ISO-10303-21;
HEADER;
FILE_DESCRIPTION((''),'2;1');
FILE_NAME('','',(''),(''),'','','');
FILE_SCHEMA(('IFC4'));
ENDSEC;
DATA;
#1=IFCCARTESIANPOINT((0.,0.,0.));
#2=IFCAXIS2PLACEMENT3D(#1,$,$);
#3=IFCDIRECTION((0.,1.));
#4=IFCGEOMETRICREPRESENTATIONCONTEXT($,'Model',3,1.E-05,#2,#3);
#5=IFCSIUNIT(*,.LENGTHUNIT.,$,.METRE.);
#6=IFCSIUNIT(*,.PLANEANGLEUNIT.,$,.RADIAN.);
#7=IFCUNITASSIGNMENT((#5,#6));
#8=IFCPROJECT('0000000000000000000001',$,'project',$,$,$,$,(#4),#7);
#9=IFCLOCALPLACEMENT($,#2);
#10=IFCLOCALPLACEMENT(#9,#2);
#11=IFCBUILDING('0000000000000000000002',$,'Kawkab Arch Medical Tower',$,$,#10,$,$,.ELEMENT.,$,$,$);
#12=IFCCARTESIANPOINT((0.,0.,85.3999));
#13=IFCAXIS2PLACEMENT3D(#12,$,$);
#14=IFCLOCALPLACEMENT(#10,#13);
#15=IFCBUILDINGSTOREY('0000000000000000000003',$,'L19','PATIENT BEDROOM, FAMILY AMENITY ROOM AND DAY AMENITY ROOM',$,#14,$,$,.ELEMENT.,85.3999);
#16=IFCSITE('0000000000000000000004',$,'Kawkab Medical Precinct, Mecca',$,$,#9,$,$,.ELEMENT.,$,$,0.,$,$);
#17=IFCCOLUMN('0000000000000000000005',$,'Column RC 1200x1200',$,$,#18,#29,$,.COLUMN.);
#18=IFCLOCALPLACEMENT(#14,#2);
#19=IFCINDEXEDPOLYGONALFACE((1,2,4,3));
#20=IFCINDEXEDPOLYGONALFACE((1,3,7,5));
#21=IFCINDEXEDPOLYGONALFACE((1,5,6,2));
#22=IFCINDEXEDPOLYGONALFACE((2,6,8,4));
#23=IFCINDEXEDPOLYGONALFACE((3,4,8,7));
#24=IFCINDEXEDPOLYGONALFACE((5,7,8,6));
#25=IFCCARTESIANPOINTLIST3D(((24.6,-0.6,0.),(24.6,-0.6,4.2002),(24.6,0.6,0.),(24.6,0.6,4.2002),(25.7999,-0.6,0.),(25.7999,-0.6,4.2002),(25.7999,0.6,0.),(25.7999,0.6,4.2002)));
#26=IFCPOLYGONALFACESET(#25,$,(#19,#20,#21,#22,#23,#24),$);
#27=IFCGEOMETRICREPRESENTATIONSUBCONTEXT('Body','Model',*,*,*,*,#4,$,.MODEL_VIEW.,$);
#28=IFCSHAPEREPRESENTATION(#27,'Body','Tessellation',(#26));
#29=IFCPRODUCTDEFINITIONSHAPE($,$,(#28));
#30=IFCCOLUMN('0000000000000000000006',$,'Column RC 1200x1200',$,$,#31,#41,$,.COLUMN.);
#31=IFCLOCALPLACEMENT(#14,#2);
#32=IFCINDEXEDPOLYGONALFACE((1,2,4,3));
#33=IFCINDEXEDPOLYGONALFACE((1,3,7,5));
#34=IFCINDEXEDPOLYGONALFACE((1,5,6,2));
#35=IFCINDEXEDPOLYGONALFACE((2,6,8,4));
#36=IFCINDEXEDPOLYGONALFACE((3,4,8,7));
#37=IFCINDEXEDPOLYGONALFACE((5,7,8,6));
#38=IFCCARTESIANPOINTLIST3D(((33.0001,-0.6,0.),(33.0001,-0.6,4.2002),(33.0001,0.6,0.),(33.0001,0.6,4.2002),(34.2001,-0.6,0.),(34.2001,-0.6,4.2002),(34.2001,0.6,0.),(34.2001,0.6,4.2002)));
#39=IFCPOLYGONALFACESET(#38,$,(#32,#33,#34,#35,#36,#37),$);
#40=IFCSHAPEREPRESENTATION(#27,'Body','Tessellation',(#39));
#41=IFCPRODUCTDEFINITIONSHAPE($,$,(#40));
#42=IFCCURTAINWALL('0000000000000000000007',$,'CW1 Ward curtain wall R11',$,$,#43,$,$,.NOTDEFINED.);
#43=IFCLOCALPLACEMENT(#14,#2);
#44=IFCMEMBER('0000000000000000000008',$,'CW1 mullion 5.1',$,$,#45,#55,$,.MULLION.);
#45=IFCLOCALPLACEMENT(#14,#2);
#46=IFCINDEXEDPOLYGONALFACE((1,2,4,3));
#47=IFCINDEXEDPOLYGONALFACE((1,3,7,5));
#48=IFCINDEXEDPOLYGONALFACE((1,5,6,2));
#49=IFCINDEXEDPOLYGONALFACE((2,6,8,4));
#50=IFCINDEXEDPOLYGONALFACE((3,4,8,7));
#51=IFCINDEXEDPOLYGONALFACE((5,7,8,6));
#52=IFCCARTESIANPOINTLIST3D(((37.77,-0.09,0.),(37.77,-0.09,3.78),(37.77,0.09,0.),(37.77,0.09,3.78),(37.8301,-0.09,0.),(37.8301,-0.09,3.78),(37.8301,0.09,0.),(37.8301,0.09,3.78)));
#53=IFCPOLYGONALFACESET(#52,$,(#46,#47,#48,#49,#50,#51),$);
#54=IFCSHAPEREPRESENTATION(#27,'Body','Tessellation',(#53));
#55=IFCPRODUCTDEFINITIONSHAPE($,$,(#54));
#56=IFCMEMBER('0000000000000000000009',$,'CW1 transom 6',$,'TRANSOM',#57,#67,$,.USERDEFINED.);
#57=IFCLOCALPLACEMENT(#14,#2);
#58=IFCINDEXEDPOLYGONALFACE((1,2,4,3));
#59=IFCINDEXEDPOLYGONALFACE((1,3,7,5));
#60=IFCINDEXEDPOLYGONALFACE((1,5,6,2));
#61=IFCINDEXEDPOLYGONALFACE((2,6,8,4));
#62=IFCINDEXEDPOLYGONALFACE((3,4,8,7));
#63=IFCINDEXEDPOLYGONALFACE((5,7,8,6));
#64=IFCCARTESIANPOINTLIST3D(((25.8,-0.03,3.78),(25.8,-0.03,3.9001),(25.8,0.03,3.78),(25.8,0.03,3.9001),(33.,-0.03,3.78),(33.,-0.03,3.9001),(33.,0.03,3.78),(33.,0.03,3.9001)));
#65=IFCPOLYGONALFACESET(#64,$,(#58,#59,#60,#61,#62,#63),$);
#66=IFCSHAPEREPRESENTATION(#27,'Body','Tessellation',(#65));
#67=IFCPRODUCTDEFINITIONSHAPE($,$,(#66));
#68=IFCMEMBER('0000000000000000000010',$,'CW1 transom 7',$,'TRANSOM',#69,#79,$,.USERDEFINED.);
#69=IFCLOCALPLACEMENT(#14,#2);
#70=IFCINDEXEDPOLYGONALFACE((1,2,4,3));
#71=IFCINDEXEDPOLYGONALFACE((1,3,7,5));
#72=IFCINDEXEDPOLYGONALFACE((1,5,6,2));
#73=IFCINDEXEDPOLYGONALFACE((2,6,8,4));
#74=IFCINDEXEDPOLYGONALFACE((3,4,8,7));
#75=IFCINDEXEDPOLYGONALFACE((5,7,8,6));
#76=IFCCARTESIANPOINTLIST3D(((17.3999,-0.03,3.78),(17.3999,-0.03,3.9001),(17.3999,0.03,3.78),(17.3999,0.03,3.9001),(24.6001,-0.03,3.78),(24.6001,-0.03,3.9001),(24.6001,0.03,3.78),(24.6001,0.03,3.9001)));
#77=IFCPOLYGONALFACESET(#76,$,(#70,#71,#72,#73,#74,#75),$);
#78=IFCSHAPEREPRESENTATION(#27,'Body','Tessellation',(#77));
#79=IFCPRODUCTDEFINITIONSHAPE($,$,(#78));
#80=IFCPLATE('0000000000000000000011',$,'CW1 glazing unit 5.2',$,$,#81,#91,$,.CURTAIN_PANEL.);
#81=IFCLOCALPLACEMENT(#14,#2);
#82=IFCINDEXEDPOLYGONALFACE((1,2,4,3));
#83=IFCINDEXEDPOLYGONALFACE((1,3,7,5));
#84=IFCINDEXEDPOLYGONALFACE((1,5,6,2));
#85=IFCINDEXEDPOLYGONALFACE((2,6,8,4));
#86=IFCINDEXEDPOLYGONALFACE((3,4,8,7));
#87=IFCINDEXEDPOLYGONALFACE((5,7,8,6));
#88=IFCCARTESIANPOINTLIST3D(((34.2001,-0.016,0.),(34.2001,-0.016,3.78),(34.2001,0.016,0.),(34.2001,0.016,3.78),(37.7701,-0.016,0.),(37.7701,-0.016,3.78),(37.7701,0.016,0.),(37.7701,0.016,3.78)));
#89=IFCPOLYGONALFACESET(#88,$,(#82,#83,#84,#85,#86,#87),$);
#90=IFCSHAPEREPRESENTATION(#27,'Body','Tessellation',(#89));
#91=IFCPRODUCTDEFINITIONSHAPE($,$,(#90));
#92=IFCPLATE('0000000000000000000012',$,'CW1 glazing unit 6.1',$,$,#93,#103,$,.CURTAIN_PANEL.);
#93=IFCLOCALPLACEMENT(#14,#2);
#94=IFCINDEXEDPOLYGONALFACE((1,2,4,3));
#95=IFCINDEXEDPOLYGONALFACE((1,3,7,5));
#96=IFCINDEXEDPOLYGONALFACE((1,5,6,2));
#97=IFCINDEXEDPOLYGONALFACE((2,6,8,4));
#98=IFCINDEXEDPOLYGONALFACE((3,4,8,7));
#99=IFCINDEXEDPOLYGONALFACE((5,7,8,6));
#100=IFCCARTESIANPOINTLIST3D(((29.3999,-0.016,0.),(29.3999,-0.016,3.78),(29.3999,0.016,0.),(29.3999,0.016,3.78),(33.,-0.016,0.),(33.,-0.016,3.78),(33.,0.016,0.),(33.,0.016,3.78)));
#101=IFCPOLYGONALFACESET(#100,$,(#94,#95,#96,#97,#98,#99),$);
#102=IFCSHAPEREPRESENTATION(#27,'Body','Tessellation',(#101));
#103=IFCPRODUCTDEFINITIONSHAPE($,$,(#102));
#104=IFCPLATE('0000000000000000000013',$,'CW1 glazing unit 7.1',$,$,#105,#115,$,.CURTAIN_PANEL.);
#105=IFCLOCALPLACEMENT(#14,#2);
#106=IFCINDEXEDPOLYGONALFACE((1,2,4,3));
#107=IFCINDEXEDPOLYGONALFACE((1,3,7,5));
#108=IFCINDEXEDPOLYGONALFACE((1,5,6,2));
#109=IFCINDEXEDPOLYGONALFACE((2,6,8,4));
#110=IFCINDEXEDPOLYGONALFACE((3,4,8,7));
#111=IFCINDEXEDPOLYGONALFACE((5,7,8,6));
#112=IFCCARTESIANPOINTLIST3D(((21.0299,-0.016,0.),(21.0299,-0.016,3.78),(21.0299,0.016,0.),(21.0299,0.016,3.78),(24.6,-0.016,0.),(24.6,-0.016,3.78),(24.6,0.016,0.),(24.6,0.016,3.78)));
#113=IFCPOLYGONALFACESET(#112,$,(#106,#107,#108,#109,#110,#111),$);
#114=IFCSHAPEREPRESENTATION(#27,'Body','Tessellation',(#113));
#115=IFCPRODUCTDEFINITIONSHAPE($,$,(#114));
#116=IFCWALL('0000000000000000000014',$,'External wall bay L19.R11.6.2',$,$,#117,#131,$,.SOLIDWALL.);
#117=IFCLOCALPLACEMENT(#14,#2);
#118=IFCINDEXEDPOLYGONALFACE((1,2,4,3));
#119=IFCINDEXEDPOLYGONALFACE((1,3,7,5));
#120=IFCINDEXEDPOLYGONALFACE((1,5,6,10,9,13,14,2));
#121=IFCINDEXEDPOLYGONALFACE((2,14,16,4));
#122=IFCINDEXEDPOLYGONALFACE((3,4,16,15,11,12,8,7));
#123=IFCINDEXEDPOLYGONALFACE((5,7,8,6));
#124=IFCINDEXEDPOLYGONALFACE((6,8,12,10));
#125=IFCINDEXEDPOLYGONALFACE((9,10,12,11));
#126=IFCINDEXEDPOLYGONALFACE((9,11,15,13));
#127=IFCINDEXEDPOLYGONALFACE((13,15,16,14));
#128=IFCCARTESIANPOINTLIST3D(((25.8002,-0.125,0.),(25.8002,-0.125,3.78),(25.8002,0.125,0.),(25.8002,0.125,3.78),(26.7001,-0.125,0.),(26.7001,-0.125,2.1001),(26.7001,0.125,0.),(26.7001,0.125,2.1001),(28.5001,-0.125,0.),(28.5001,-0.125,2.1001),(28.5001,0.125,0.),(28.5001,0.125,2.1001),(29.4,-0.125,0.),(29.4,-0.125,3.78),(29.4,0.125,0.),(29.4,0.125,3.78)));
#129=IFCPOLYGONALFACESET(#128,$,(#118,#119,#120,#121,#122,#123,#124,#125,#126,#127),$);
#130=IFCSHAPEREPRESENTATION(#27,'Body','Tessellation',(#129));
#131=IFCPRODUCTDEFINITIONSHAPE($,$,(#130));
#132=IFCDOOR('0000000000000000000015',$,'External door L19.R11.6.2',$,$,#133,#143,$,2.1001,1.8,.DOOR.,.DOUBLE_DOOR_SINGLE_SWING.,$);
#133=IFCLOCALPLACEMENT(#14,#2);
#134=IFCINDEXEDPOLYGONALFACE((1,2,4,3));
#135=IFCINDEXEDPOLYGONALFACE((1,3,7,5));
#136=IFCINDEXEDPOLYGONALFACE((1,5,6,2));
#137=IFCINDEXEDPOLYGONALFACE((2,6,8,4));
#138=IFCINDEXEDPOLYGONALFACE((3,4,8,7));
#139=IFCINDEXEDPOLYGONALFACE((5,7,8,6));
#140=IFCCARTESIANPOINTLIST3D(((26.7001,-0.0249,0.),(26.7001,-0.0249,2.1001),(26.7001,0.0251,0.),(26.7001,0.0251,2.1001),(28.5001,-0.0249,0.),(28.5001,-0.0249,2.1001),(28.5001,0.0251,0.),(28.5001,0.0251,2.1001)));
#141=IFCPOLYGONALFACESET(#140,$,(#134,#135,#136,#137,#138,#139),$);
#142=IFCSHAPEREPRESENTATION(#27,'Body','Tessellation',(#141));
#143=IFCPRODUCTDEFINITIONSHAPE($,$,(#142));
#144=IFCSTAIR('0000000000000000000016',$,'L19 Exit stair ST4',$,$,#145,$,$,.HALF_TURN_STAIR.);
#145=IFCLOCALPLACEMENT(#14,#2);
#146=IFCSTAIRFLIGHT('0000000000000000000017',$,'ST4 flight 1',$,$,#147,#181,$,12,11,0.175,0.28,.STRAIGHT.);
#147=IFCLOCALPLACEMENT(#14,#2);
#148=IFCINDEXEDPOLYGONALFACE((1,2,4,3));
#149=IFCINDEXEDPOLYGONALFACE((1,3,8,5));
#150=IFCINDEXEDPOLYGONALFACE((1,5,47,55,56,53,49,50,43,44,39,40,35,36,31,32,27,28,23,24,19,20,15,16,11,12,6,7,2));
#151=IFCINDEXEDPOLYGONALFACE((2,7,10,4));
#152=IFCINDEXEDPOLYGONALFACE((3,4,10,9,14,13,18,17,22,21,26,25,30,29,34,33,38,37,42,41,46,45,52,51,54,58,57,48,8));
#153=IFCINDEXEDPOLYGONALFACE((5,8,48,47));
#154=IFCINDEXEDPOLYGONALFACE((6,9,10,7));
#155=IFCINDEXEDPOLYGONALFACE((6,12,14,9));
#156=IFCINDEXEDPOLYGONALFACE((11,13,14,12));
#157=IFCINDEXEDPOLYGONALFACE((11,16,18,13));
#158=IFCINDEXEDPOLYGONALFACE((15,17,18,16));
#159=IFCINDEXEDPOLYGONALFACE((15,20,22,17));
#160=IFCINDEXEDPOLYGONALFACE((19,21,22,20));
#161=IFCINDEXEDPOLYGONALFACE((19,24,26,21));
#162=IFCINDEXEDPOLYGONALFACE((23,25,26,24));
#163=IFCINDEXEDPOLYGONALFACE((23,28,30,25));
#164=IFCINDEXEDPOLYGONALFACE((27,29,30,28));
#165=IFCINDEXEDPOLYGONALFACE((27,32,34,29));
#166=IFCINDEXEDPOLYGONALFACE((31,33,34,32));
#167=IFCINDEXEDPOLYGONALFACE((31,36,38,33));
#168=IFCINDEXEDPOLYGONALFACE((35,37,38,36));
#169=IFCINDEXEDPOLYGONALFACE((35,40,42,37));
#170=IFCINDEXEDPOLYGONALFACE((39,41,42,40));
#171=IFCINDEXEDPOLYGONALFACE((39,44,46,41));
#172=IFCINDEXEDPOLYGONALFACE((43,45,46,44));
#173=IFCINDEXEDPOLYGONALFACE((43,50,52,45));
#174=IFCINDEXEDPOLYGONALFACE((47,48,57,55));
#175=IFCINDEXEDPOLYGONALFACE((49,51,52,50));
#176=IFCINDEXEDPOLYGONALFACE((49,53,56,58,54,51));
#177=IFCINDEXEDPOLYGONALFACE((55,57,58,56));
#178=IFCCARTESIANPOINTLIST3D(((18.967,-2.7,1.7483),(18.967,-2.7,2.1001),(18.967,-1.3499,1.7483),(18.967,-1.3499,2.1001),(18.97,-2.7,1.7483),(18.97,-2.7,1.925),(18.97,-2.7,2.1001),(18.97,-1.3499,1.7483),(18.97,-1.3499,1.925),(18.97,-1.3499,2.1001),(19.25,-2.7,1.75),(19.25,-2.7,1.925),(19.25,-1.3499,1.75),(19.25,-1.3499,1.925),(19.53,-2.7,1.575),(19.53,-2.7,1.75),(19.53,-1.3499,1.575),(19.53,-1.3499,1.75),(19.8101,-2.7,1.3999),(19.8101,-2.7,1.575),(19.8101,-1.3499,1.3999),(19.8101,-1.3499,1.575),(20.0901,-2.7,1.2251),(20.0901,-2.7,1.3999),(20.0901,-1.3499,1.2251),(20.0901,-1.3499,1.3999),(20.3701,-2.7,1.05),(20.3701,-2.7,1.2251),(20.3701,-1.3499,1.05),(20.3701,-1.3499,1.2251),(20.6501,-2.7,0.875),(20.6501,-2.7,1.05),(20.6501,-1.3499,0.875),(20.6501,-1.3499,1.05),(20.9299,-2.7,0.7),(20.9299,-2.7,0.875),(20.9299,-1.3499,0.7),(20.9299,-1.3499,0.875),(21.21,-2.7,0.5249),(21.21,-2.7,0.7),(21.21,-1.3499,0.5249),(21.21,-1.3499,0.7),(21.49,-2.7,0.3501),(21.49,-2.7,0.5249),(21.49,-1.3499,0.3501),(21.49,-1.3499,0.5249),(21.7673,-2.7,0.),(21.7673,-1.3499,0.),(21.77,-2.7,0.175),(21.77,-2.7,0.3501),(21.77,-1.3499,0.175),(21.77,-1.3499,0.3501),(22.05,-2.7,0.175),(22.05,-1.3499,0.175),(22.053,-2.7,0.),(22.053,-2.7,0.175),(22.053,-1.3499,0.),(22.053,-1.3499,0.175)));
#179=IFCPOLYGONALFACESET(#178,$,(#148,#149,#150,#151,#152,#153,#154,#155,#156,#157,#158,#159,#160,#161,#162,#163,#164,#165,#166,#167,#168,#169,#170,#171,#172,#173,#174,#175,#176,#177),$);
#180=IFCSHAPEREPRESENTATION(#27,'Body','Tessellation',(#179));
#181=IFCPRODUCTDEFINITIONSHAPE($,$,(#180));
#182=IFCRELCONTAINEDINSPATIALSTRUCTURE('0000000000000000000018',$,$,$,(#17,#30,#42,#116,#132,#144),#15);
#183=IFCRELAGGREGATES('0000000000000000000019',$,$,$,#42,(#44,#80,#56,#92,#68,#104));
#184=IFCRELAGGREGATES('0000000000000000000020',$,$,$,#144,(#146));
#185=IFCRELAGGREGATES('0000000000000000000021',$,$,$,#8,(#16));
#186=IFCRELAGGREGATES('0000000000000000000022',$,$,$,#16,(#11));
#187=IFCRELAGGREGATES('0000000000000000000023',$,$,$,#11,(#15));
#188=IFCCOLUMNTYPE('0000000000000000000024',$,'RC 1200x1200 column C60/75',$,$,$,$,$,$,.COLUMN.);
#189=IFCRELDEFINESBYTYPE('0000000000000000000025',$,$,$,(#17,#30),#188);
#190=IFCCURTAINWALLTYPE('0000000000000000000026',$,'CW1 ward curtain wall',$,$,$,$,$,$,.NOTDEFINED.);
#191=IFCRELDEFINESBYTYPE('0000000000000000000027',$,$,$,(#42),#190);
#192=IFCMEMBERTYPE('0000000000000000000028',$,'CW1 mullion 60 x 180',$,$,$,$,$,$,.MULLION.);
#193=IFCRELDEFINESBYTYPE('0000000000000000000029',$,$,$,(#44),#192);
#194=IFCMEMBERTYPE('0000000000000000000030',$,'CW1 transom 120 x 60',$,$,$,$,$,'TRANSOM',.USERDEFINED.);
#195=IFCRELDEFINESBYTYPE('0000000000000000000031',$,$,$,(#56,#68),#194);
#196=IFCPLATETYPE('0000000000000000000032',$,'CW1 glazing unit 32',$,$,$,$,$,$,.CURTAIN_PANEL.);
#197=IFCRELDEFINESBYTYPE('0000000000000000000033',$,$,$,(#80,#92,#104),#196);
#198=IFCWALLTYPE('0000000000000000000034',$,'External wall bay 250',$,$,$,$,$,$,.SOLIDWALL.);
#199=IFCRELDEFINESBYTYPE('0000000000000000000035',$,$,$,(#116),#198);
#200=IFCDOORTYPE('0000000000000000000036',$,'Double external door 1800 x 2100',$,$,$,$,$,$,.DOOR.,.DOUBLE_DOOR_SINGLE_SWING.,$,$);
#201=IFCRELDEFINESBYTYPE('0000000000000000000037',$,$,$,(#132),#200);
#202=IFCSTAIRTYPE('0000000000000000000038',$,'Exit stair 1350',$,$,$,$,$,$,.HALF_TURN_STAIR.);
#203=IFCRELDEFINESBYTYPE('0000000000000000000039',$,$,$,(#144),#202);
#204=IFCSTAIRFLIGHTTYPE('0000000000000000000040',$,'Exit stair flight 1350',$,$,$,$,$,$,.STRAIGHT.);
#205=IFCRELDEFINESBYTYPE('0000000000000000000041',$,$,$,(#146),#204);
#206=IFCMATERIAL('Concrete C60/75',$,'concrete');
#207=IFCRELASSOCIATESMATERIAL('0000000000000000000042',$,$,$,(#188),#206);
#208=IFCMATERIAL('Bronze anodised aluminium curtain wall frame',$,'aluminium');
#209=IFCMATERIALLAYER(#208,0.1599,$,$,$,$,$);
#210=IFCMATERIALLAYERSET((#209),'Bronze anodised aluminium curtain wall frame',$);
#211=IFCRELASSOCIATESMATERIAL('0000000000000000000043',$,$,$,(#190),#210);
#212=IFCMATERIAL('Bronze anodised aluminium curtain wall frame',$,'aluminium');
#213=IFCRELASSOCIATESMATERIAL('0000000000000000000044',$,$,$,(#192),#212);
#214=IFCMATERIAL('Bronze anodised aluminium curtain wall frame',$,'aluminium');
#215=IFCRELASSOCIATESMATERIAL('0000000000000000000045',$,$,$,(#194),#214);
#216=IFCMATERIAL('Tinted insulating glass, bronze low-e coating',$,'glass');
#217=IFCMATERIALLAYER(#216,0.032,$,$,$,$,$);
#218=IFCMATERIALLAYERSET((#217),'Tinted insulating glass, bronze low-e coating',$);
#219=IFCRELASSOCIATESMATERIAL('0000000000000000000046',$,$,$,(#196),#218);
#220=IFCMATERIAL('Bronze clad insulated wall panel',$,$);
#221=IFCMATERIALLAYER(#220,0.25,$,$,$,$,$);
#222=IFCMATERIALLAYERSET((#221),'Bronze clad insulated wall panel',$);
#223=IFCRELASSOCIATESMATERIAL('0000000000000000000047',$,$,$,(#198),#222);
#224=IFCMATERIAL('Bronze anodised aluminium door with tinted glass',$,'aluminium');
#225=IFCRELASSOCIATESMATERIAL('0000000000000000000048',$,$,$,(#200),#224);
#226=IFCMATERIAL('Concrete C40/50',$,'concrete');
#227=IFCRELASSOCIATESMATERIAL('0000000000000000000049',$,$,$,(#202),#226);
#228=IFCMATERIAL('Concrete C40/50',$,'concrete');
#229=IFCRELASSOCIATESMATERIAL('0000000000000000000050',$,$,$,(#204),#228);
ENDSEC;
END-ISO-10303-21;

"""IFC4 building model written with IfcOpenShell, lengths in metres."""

from ifc_helpers import new_model, si_unit, direction, frame, frame_2d, origin, origin_2d, place, context, subcontext, project, spatial, polyline, rectangle, outline, extrude, material, layer, layer_set, material_profile, profile_set, type_object, element, fill, aggregate, save


model = new_model("IFC4")

# Units and contexts
model_context = context("Model", 3, precision=1e-05, world=origin(), true_north=direction((0.0, 1.0)))
body_context = subcontext(model_context, "Body", "Model", "MODEL_VIEW")
ifc_project = project(units=[si_unit("LENGTHUNIT", "METRE"), si_unit("PLANEANGLEUNIT", "RADIAN")], contexts=[model_context])

# Site, building, storey
site_placement = place(None, origin())
site = spatial("IfcSite", under=ifc_project, at=site_placement, Name="Kawkab Medical Precinct, Mecca", CompositionType="ELEMENT", RefElevation=0.0)
building_placement = place(site_placement, origin())
building = spatial("IfcBuilding", under=site, at=building_placement, Name="Kawkab Arch Medical Tower", CompositionType="ELEMENT")
storey_placement = place(building_placement, frame((0.0, 0.0, 85.3999)))
storey = spatial("IfcBuildingStorey", under=building, at=storey_placement, Name="L19", Description="PATIENT BEDROOM, FAMILY AMENITY ROOM AND DAY AMENITY ROOM", CompositionType="ELEMENT", Elevation=85.3999)

# Columns
ifc_material_1 = material(Name="Concrete C60/75", Category="concrete")
ifc_material_profile_1 = material_profile(ifc_material_1, rectangle(XDim=1.2, YDim=1.2, at=origin_2d()), Name="RC 1200x1200")
ifc_profile_set_1 = profile_set([ifc_material_profile_1], Name="Concrete C60/75")
column_type = type_object("IfcColumnType", Name="RC 1200x1200 column C60/75", PredefinedType="COLUMN", material=ifc_profile_set_1)
for number, where, z_axis, x_axis, name in (
    (1, (25.2, 0.0, 0.0), (0.0, 0.0, 1.0), (1.0, 0.0, 0.0), "Column RC 1200x1200"),
    (2, (33.6001, 0.0, 0.0), (0.0, 0.0, 1.0), (1.0, 0.0, 0.0), "Column RC 1200x1200"),
):
    element("IfcColumn", number, at=place(storey_placement, frame(where, z_axis=z_axis, x_axis=x_axis)), inside=storey, type_object=column_type, Name=name, PredefinedType="COLUMN", context=body_context, shape_type="SweptSolid", body=[
        extrude(rectangle(XDim=1.2, YDim=1.2, at=origin_2d()), origin(), (0.0, 0.0, 1.0), 4.2002),
    ])

# Curtain wall, members, plates
ifc_material_2 = material(Name="Bronze anodised aluminium curtain wall frame", Category="aluminium")
ifc_layer_1 = layer(ifc_material_2, 0.1599)
ifc_layer_set_1 = layer_set([ifc_layer_1], Name="Bronze anodised aluminium curtain wall frame")
curtain_wall_type = type_object("IfcCurtainWallType", Name="CW1 ward curtain wall", PredefinedType="NOTDEFINED", material=ifc_layer_set_1)
placement = place(storey_placement, origin())
curtain_wall = element("IfcCurtainWall", 3, at=placement, inside=storey, type_object=curtain_wall_type, Name="CW1 Ward curtain wall R11", PredefinedType="NOTDEFINED")
ifc_material_3 = material(Name="Bronze anodised aluminium curtain wall frame", Category="aluminium")
ifc_material_profile_2 = material_profile(ifc_material_3, rectangle(XDim=0.1799, YDim=0.0601, at=origin_2d()), Name="AL 60x180")
ifc_profile_set_2 = profile_set([ifc_material_profile_2], Name="Bronze anodised aluminium curtain wall frame")
member_type_1 = type_object("IfcMemberType", Name="CW1 mullion 60 x 180", PredefinedType="MULLION", material=ifc_profile_set_2)
member_1_placement = place(storey_placement, frame((37.8, 0.0, 0.0), z_axis=(0.0, 0.0, 1.0), x_axis=(0.0, -1.0, 0.0)))
member_1 = element("IfcMember", 4, at=member_1_placement, type_object=member_type_1, Name="CW1 mullion 5.1", PredefinedType="MULLION", context=body_context, shape_type="SweptSolid", body=[
    extrude(rectangle(XDim=0.1799, YDim=0.0601, at=origin_2d()), origin(), (0.0, 0.0, 1.0), 3.78),
])
ifc_material_4 = material(Name="Bronze anodised aluminium curtain wall frame", Category="aluminium")
ifc_material_profile_3 = material_profile(ifc_material_4, rectangle(XDim=0.0601, YDim=0.1201, at=origin_2d()), Name="AL 60x120")
ifc_profile_set_3 = profile_set([ifc_material_profile_3], Name="Bronze anodised aluminium curtain wall frame")
member_type_2 = type_object("IfcMemberType", Name="CW1 transom 120 x 60", ElementType="TRANSOM", PredefinedType="USERDEFINED", material=ifc_profile_set_3)
member_2_placement = place(storey_placement, frame((33.0, 0.0, 3.8401), z_axis=(-1.0, 0.0, 0.0), x_axis=(0.0, -1.0, 0.0)))
member_2 = element("IfcMember", 5, at=member_2_placement, type_object=member_type_2, Name="CW1 transom 6", ObjectType="TRANSOM", PredefinedType="USERDEFINED", context=body_context, shape_type="SweptSolid", body=[
    extrude(rectangle(XDim=0.0601, YDim=0.1201, at=origin_2d()), origin(), (0.0, 0.0, 1.0), 7.2),
])
member_3_placement = place(storey_placement, frame((24.6001, 0.0, 3.8401), z_axis=(-1.0, 0.0, 0.0), x_axis=(0.0, -1.0, 0.0)))
member_3 = element("IfcMember", 6, at=member_3_placement, type_object=member_type_2, Name="CW1 transom 7", ObjectType="TRANSOM", PredefinedType="USERDEFINED", context=body_context, shape_type="SweptSolid", body=[
    extrude(rectangle(XDim=0.0601, YDim=0.1201, at=origin_2d()), origin(), (0.0, 0.0, 1.0), 7.2002),
])
ifc_material_5 = material(Name="Tinted insulating glass, bronze low-e coating", Category="glass")
ifc_layer_2 = layer(ifc_material_5, 0.032)
ifc_layer_set_2 = layer_set([ifc_layer_2], Name="Tinted insulating glass, bronze low-e coating")
plate_type = type_object("IfcPlateType", Name="CW1 glazing unit 32", PredefinedType="CURTAIN_PANEL", material=ifc_layer_set_2)
plate_1_placement = place(storey_placement, frame((35.9851, 0.0, 0.0), z_axis=(0.0, 0.0, 1.0), x_axis=(-1.0, 0.0, 0.0)))
plate_1 = element("IfcPlate", 7, at=plate_1_placement, type_object=plate_type, Name="CW1 glazing unit 5.2", PredefinedType="CURTAIN_PANEL", context=body_context, shape_type="SweptSolid", body=[
    extrude(rectangle(XDim=3.5701, YDim=0.032, at=origin_2d()), origin(), (0.0, 0.0, 1.0), 3.78),
])
plate_2_placement = place(storey_placement, frame((31.2, 0.0, 0.0), z_axis=(0.0, 0.0, 1.0), x_axis=(-1.0, 0.0, 0.0)))
plate_2 = element("IfcPlate", 8, at=plate_2_placement, type_object=plate_type, Name="CW1 glazing unit 6.1", PredefinedType="CURTAIN_PANEL", context=body_context, shape_type="SweptSolid", body=[
    extrude(rectangle(XDim=3.6001, YDim=0.032, at=origin_2d()), origin(), (0.0, 0.0, 1.0), 3.78),
])
plate_3_placement = place(storey_placement, frame((22.8149, 0.0, 0.0), z_axis=(0.0, 0.0, 1.0), x_axis=(-1.0, 0.0, 0.0)))
plate_3 = element("IfcPlate", 9, at=plate_3_placement, type_object=plate_type, Name="CW1 glazing unit 7.1", PredefinedType="CURTAIN_PANEL", context=body_context, shape_type="SweptSolid", body=[
    extrude(rectangle(XDim=3.5701, YDim=0.032, at=origin_2d()), origin(), (0.0, 0.0, 1.0), 3.78),
])
aggregate(curtain_wall, [member_1, plate_1, member_2, plate_2, member_3, plate_3])

# Wall, opening, door
ifc_material_6 = material(Name="Bronze clad insulated wall panel")
ifc_layer_3 = layer(ifc_material_6, 0.25)
ifc_layer_set_3 = layer_set([ifc_layer_3], Name="Bronze clad insulated wall panel")
wall_type = type_object("IfcWallType", Name="External wall bay 250", PredefinedType="SOLIDWALL", material=ifc_layer_set_3)
wall_placement = place(storey_placement, frame((29.3999, 0.0, 0.0), z_axis=(0.0, 0.0, 1.0), x_axis=(-1.0, 0.0, 0.0)))
wall = element("IfcWall", 10, at=wall_placement, inside=storey, type_object=wall_type, Name="External wall bay L19.R11.6.2", PredefinedType="SOLIDWALL", context=body_context, shape_type="SweptSolid", body=[
    extrude(rectangle(XDim=3.5999, YDim=0.25, at=frame_2d((1.7998, 0.0))), origin(), (0.0, 0.0, 1.0), 3.78),
])
opening_placement = place(wall_placement, frame((0.8999, 0.0, 0.0)))
opening = element("IfcOpeningElement", 11, at=opening_placement, cuts=wall, PredefinedType="OPENING", context=body_context, shape_type="SweptSolid", body=[
    extrude(rectangle(XDim=1.8, YDim=2.1001, at=frame_2d((0.8999, 1.05))), frame((0.0, 0.135, 0.0), z_axis=(0.0, -1.0, 0.0), x_axis=(1.0, 0.0, 0.0)), (0.0, 0.0, 1.0), 0.27),
])
ifc_material_7 = material(Name="Bronze anodised aluminium door with tinted glass", Category="aluminium")
door_type = type_object("IfcDoorType", Name="Double external door 1800 x 2100", OperationType="DOUBLE_DOOR_SINGLE_SWING", PredefinedType="DOOR", material=ifc_material_7)
door_placement = place(opening_placement, origin())
door = element("IfcDoor", 12, at=door_placement, inside=storey, type_object=door_type, Name="External door L19.R11.6.2", OperationType="DOUBLE_DOOR_SINGLE_SWING", OverallHeight=2.1001, OverallWidth=1.8, PredefinedType="DOOR", context=body_context, shape_type="SweptSolid", body=[
    extrude(rectangle(XDim=1.8, YDim=2.1001, at=frame_2d((0.8999, 1.05))), frame((0.0, 0.0249, 0.0), z_axis=(0.0, -1.0, 0.0), x_axis=(1.0, 0.0, 0.0)), (0.0, 0.0, 1.0), 0.05),
])
fill(opening, door)

# Stair, stair flight
ifc_material_8 = material(Name="Concrete C40/50", Category="concrete")
stair_type = type_object("IfcStairType", Name="Exit stair 1350", PredefinedType="HALF_TURN_STAIR", material=ifc_material_8)
stair = element("IfcStair", 13, at=placement, inside=storey, type_object=stair_type, Name="L19 Exit stair ST4", PredefinedType="HALF_TURN_STAIR")
ifc_material_9 = material(Name="Concrete C40/50", Category="concrete")
stair_flight_type = type_object("IfcStairFlightType", Name="Exit stair flight 1350", PredefinedType="STRAIGHT", material=ifc_material_9)
stair_flight_placement = place(storey_placement, frame((22.05, -2.0249, 0.0), z_axis=(0.0, 0.0, 1.0), x_axis=(-1.0, 0.0, 0.0)))
stair_flight = element("IfcStairFlight", 14, at=stair_flight_placement, type_object=stair_flight_type, Name="ST4 flight 1", NumberOfRisers=12, NumberOfTreads=11, PredefinedType="STRAIGHT", RiserHeight=0.175, TreadLength=0.28, context=body_context, shape_type="SweptSolid", body=[
    extrude(outline(polyline([(-0.0029, 0.0), (-0.0029, 0.175), (0.0, 0.175), (0.28, 0.175), (0.28, 0.3501), (0.5601, 0.3501), (0.5601, 0.5249), (0.8401, 0.5249), (0.8401, 0.7), (1.1201, 0.7), (1.1201, 0.875), (1.3999, 0.875), (1.3999, 1.05), (1.6799, 1.05), (1.6799, 1.2251), (1.96, 1.2251), (1.96, 1.3999), (2.24, 1.3999), (2.24, 1.575), (2.52, 1.575), (2.52, 1.75), (2.8, 1.75), (2.8, 1.925), (3.0801, 1.925), (3.0801, 2.1001), (3.083, 2.1001), (3.083, 1.7483), (3.0801, 1.7483), (0.2827, 0.0), (-0.0029, 0.0)])), frame((0.0, 0.675, 0.0), z_axis=(0.0, -1.0, 0.0), x_axis=(1.0, 0.0, 0.0)), (0.0, 0.0, 1.0), 1.3501),
])
aggregate(stair, [stair_flight])

save(model, "model.ifc")
